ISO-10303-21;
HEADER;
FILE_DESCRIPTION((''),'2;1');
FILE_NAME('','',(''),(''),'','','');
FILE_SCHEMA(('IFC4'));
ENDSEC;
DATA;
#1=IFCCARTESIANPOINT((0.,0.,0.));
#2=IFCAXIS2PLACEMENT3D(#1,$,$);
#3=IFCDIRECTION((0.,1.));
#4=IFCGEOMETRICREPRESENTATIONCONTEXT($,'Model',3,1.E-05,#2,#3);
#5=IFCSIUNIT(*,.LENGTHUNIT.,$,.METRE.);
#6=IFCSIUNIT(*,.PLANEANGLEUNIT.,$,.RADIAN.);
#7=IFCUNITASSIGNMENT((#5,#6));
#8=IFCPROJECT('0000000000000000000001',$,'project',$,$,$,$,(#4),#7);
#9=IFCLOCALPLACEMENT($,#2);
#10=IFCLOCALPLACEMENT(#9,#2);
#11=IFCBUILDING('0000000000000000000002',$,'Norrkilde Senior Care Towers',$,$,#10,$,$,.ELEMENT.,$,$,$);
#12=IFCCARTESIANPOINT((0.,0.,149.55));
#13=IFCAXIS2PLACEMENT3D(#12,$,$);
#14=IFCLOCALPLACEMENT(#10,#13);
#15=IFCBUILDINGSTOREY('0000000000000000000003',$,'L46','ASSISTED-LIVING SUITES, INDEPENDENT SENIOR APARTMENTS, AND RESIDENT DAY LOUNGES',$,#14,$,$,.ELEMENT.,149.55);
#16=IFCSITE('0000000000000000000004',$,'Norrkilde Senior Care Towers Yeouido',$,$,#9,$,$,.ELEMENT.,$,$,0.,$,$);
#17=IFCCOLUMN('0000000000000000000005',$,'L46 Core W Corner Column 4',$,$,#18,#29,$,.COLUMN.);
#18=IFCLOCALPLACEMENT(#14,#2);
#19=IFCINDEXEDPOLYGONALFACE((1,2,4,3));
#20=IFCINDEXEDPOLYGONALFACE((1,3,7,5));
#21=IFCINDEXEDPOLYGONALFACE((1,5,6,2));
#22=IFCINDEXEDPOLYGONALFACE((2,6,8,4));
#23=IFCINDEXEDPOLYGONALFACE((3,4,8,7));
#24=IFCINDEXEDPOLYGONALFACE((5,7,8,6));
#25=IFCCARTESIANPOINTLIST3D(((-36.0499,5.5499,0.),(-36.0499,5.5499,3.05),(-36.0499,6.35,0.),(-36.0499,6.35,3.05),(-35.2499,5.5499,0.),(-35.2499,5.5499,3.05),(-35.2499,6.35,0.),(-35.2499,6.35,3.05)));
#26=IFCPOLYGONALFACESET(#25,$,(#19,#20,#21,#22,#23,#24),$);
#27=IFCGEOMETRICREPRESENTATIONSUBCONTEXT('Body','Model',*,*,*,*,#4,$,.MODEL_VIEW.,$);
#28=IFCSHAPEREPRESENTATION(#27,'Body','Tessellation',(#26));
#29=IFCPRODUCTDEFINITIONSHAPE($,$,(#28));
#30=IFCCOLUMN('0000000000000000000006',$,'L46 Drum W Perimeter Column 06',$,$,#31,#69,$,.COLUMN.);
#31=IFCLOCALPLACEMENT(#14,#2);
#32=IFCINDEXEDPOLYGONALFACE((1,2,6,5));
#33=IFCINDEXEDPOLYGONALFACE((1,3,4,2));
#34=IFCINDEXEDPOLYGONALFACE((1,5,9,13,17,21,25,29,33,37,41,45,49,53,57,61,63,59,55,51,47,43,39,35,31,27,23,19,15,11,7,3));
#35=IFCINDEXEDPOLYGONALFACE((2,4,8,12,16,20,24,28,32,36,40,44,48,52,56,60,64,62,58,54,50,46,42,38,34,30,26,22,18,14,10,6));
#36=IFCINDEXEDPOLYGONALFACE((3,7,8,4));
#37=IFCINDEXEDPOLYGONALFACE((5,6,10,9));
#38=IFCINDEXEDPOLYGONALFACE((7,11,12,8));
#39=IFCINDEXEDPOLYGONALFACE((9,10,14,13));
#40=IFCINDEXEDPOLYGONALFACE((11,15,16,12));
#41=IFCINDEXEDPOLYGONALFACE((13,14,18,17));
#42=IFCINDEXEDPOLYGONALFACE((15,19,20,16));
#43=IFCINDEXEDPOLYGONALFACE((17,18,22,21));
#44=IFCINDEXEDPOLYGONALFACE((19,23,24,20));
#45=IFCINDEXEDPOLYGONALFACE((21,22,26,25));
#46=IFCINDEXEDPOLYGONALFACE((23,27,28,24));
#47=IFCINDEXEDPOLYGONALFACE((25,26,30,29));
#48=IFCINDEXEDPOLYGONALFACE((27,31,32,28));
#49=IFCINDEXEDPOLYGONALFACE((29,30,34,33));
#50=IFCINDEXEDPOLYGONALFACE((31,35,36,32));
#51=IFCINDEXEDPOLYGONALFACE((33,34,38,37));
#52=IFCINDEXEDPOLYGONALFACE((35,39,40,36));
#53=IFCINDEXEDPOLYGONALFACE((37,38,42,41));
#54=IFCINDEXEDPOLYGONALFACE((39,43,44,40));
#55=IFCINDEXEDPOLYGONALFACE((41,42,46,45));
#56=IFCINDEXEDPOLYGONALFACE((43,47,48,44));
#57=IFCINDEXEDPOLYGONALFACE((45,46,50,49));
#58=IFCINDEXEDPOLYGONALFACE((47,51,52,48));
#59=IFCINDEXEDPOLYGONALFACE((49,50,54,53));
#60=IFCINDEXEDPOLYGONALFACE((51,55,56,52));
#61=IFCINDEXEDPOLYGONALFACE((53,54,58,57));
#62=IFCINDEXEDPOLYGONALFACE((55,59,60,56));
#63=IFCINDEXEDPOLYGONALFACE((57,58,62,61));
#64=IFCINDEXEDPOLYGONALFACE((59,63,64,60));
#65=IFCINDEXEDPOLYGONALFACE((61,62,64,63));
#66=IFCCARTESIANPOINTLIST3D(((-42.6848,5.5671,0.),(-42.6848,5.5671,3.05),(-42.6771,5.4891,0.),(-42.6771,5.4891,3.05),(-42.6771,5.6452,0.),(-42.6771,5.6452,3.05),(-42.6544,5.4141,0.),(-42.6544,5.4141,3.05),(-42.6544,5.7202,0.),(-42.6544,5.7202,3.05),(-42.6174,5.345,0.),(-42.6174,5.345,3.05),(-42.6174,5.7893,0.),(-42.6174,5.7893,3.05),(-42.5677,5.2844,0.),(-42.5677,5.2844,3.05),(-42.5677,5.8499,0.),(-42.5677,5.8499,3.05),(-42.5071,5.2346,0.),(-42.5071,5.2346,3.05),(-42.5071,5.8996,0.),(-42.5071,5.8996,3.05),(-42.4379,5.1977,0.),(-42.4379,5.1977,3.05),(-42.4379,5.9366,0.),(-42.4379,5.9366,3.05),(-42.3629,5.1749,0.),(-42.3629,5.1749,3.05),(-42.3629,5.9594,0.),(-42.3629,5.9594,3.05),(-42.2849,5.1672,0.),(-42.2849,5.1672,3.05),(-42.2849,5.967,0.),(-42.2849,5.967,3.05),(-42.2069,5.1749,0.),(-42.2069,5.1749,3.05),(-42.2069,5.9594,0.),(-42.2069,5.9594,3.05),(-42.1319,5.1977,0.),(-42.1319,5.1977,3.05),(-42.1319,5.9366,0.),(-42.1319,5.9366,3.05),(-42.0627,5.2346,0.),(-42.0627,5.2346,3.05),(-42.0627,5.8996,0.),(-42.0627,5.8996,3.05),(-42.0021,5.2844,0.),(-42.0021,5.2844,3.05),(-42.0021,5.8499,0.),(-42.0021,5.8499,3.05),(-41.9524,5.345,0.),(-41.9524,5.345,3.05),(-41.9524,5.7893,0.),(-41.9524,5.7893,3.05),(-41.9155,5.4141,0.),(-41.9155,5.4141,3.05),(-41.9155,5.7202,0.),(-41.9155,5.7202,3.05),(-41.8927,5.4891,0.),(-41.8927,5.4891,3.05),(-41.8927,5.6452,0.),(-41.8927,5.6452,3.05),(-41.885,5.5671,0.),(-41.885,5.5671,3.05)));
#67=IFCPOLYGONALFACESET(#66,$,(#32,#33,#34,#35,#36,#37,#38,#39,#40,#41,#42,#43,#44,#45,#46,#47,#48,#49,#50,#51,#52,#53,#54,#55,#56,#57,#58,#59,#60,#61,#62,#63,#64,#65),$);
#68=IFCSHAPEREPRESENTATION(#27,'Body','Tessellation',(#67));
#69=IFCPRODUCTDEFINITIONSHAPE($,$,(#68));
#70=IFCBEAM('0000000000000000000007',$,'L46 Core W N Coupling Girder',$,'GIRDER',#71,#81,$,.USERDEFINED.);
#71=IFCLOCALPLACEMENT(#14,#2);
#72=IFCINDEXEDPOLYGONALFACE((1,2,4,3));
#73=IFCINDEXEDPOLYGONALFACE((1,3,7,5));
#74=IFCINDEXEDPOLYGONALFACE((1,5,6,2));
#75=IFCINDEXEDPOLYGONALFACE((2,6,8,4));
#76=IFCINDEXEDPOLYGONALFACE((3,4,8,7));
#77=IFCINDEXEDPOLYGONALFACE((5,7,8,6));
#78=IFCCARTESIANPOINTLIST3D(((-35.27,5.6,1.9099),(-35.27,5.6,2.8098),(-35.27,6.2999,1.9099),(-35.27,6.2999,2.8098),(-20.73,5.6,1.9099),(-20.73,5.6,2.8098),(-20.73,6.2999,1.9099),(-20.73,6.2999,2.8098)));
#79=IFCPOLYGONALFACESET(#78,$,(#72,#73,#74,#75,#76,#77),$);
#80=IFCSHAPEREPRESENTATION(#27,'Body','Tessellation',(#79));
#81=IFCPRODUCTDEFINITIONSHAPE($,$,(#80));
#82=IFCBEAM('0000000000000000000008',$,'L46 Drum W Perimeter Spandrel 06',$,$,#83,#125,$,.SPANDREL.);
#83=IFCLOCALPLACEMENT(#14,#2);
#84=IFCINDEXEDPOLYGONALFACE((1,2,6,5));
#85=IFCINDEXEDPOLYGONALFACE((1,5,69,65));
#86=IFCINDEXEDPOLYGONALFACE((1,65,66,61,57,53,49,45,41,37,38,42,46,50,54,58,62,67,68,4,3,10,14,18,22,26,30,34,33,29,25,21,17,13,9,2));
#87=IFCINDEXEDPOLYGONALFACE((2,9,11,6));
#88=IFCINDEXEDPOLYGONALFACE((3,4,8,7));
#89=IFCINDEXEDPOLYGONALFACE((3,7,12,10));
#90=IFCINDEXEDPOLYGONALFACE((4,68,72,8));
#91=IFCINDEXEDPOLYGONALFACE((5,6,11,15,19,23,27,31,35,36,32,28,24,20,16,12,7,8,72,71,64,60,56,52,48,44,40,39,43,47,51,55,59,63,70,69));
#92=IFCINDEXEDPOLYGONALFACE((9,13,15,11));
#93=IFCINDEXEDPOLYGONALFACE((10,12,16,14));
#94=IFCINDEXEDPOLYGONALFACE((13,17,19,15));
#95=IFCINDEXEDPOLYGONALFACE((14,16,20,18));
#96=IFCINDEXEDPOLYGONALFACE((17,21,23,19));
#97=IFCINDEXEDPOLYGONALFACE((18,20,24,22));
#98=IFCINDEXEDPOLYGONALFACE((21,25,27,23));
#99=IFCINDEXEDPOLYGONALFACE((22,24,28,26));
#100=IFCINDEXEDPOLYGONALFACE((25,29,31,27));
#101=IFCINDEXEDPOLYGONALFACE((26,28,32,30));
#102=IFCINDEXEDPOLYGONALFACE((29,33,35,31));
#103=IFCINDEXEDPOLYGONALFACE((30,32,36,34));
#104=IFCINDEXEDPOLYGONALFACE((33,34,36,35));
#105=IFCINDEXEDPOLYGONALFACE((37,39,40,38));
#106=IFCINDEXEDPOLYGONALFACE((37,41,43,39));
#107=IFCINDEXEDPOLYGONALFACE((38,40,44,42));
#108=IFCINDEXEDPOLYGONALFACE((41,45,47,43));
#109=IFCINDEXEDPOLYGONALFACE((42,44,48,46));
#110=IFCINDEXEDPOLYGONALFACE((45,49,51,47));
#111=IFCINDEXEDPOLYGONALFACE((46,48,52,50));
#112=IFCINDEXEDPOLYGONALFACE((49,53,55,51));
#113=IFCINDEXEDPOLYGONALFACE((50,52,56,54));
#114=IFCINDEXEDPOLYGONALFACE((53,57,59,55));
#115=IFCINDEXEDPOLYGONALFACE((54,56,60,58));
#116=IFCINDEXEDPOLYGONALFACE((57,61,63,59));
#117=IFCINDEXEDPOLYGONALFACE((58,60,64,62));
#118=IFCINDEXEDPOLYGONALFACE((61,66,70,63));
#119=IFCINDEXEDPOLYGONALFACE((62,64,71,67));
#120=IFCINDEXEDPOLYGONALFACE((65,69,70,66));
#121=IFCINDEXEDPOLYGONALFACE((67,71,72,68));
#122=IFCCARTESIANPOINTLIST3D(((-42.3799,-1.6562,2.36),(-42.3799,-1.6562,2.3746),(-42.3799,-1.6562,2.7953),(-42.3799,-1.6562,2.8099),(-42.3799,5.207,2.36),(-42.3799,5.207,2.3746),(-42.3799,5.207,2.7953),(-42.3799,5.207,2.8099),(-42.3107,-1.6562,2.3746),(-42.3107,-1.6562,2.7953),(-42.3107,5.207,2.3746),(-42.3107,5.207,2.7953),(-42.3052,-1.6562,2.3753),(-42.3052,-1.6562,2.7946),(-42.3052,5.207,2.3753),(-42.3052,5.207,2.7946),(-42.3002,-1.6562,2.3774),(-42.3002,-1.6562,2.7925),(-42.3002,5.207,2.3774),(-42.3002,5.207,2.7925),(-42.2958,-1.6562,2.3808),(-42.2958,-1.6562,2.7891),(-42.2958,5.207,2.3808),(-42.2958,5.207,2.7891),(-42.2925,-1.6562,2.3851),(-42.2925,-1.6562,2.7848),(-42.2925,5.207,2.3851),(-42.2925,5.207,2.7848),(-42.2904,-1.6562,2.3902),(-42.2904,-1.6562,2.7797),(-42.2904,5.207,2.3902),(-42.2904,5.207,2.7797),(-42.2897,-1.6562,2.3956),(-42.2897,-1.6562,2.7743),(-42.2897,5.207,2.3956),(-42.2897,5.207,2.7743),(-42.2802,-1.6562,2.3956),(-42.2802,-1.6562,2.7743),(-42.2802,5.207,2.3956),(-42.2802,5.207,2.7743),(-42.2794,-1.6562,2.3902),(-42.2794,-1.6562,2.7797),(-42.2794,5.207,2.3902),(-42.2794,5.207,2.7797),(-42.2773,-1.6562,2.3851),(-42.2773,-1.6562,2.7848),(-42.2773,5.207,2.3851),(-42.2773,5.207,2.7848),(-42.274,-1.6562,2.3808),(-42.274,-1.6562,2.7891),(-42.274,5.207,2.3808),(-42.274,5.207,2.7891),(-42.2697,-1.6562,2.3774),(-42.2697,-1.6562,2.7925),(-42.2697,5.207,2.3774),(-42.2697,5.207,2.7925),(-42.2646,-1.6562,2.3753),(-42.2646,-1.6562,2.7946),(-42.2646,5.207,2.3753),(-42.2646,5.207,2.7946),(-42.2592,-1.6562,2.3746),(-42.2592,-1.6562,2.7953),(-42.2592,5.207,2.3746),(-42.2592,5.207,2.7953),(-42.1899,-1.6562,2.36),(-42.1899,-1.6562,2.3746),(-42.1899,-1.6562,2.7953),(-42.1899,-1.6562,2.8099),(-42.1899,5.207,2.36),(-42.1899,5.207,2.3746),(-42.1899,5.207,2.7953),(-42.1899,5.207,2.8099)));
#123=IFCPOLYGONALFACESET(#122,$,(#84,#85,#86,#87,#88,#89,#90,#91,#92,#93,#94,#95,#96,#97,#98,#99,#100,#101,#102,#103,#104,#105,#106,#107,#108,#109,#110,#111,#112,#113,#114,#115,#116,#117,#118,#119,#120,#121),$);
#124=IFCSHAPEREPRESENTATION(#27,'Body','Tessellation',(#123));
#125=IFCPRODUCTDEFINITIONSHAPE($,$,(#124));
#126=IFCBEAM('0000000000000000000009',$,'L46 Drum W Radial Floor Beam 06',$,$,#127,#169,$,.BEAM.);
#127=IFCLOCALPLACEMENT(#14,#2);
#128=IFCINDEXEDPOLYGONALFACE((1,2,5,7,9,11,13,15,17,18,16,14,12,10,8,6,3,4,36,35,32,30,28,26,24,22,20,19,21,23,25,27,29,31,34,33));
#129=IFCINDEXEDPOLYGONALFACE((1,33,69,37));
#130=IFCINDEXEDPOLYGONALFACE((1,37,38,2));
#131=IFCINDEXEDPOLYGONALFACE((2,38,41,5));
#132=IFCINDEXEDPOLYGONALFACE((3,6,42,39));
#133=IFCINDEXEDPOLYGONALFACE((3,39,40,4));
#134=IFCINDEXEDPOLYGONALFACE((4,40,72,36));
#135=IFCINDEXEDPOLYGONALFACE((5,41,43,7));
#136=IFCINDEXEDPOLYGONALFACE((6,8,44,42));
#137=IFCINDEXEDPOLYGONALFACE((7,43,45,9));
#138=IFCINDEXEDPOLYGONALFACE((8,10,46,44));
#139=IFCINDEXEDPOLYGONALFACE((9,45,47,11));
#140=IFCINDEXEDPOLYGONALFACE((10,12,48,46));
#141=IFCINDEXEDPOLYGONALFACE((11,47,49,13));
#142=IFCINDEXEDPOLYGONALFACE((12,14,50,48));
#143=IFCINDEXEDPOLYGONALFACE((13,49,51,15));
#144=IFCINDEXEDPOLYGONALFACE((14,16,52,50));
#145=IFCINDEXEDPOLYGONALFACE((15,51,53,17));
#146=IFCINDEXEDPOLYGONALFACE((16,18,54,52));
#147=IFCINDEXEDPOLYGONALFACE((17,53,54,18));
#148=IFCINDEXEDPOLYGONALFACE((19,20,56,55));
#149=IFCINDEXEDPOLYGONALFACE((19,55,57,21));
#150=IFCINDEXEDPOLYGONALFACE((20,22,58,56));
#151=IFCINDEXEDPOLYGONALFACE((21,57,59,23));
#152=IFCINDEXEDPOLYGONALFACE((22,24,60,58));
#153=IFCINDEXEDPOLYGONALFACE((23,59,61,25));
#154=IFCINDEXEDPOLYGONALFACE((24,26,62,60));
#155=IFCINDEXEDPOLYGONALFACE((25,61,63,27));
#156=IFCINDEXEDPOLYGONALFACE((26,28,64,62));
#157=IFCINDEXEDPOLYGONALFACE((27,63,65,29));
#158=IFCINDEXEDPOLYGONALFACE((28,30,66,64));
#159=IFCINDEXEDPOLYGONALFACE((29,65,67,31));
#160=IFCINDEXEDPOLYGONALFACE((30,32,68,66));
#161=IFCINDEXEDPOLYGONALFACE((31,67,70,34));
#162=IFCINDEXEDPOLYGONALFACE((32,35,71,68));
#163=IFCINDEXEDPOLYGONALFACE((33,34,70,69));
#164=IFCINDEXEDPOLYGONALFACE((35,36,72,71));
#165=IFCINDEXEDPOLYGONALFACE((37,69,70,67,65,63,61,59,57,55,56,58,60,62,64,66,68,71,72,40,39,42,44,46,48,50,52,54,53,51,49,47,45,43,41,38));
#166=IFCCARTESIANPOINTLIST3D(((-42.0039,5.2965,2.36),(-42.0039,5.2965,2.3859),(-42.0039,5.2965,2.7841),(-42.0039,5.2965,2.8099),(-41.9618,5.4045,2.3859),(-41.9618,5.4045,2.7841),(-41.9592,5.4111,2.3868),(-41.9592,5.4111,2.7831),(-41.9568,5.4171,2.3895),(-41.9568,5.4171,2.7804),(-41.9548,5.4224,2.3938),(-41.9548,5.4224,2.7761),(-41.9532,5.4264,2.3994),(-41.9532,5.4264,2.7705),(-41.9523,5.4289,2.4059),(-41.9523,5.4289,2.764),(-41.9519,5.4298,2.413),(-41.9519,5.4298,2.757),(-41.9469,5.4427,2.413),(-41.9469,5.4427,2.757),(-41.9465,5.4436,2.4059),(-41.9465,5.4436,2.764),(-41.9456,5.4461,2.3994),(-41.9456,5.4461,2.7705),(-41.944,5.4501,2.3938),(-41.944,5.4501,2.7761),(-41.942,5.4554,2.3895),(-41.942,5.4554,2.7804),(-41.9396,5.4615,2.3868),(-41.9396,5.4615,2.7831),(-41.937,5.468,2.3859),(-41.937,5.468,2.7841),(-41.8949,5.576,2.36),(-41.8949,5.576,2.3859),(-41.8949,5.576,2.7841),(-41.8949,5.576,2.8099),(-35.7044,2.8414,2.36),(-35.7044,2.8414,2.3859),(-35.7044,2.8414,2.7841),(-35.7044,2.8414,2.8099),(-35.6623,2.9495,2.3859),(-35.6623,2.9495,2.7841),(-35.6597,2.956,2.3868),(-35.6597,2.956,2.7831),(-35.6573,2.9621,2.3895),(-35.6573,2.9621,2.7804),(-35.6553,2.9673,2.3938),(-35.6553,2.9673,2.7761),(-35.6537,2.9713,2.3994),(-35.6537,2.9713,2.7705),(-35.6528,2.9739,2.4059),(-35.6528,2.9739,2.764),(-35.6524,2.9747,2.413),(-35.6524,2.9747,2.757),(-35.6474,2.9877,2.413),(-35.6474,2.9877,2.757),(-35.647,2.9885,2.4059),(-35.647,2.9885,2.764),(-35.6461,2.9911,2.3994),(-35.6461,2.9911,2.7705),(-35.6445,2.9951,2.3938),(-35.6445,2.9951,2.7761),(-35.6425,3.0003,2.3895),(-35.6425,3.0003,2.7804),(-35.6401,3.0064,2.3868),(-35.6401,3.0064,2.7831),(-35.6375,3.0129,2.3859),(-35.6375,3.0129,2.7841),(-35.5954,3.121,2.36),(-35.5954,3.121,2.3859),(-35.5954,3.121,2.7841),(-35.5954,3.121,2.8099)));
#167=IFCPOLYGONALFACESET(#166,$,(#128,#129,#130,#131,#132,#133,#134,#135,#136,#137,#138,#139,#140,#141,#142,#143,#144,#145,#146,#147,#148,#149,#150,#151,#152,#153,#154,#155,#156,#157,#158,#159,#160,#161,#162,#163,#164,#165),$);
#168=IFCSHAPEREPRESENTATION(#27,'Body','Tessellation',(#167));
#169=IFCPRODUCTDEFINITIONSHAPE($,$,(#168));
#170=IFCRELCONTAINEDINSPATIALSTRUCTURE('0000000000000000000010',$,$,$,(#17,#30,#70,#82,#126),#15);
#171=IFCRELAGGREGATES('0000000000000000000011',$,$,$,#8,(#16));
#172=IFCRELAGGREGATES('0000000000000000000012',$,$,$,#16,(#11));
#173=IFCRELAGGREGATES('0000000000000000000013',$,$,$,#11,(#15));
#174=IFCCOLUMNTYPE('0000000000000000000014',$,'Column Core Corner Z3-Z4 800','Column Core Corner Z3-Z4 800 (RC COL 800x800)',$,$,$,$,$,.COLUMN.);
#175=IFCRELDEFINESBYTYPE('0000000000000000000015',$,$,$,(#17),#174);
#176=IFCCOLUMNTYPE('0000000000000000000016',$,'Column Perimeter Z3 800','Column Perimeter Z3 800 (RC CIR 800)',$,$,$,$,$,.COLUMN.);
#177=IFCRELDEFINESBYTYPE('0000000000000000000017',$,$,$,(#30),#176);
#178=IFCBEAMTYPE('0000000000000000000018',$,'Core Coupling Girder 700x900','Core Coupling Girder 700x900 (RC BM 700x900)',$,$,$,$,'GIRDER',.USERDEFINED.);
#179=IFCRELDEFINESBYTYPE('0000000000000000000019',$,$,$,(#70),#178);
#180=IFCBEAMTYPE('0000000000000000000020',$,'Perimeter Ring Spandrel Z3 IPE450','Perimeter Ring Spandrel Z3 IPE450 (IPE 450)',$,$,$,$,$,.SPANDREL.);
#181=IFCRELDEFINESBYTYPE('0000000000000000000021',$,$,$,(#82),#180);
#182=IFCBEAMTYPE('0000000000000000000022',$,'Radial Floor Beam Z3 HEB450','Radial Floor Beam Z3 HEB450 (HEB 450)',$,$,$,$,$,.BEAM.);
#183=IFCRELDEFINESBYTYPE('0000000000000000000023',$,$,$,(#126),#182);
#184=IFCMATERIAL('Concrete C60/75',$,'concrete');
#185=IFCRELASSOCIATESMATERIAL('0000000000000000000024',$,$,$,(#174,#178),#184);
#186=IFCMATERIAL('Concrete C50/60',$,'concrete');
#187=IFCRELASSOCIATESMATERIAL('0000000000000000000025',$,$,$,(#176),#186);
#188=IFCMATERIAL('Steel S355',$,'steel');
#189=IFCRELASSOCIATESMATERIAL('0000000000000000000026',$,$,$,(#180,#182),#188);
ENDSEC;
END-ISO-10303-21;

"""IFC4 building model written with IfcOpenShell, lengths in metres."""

from ifc_helpers import new_model, si_unit, direction, frame, origin, origin_2d, place, context, subcontext, project, spatial, rectangle, circle, i_section, extrude, source, transform, mapped, material, material_profile, profile_set, type_object, type_shapes, element, save


model = new_model("IFC4")

# Units and contexts
model_context = context("Model", 3, precision=1e-05, world=origin(), true_north=direction((0.0, 1.0)))
body_context = subcontext(model_context, "Body", "Model", "MODEL_VIEW")
ifc_project = project(units=[si_unit("LENGTHUNIT", "METRE"), si_unit("PLANEANGLEUNIT", "RADIAN")], contexts=[model_context])

# Site, building, storey
site_placement = place(None, origin())
site = spatial("IfcSite", under=ifc_project, at=site_placement, Name="Norrkilde Senior Care Towers Yeouido", CompositionType="ELEMENT", RefElevation=0.0)
building_placement = place(site_placement, origin())
building = spatial("IfcBuilding", under=site, at=building_placement, Name="Norrkilde Senior Care Towers", CompositionType="ELEMENT")
storey_placement = place(building_placement, frame((0.0, 0.0, 149.55)))
storey = spatial("IfcBuildingStorey", under=building, at=storey_placement, Name="L46", Description="ASSISTED-LIVING SUITES, INDEPENDENT SENIOR APARTMENTS, AND RESIDENT DAY LOUNGES", CompositionType="ELEMENT", Elevation=149.55)

# Columns
ifc_material_1 = material(Name="Concrete C60/75", Category="concrete")
ifc_material_profile_1 = material_profile(ifc_material_1, rectangle(XDim=0.8, YDim=0.8, at=origin_2d()), Name="RC COL 800x800")
ifc_profile_set_1 = profile_set([ifc_material_profile_1], Name="Concrete C60/75")
column_type_1 = type_object("IfcColumnType", Name="Column Core Corner Z3-Z4 800", Description="Column Core Corner Z3-Z4 800 (RC COL 800x800)", PredefinedType="COLUMN", material=ifc_profile_set_1)
shared_shape_1 = source(origin(), body_context, "Body", "SweptSolid", [
    extrude(rectangle(XDim=0.8, YDim=0.8, at=origin_2d()), origin(), (0.0, 0.0, 1.0), 3.05),
])
type_shapes(column_type_1, [shared_shape_1])
column_1_placement = place(storey_placement, frame((-35.6499, 5.95, 0.0), z_axis=(0.0, 0.0, 1.0), x_axis=(1.0, 0.0, 0.0)))
element("IfcColumn", 1, at=column_1_placement, inside=storey, type_object=column_type_1, Name="L46 Core W Corner Column 4", PredefinedType="COLUMN", context=body_context, shape_type="MappedRepresentation", body=[
    mapped(shared_shape_1, transform((0.0, 0.0, 0.0), x_axis=(1.0, 0.0, 0.0), y_axis=(0.0, 1.0, 0.0), z_axis=(0.0, 0.0, 1.0), scale=1.0)),
])
ifc_material_2 = material(Name="Concrete C50/60", Category="concrete")
ifc_material_profile_2 = material_profile(ifc_material_2, circle(Radius=0.3999, at=origin_2d()), Name="RC CIR 800")
ifc_profile_set_2 = profile_set([ifc_material_profile_2], Name="Concrete C50/60")
column_type_2 = type_object("IfcColumnType", Name="Column Perimeter Z3 800", Description="Column Perimeter Z3 800 (RC CIR 800)", PredefinedType="COLUMN", material=ifc_profile_set_2)
shared_shape_2 = source(origin(), body_context, "Body", "SweptSolid", [
    extrude(circle(Radius=0.3999, at=origin_2d()), origin(), (0.0, 0.0, 1.0), 3.05),
])
type_shapes(column_type_2, [shared_shape_2])
column_2_placement = place(storey_placement, frame((-42.2849, 5.5671, 0.0), z_axis=(0.0, 0.0, 1.0), x_axis=(1.0, 0.0, 0.0)))
element("IfcColumn", 2, at=column_2_placement, inside=storey, type_object=column_type_2, Name="L46 Drum W Perimeter Column 06", PredefinedType="COLUMN", context=body_context, shape_type="MappedRepresentation", body=[
    mapped(shared_shape_2, transform((0.0, 0.0, 0.0), x_axis=(1.0, 0.0, 0.0), y_axis=(0.0, 1.0, 0.0), z_axis=(0.0, 0.0, 1.0), scale=1.0)),
])

# Beams
ifc_material_profile_3 = material_profile(ifc_material_1, rectangle(XDim=0.7, YDim=0.8999, at=origin_2d()), Name="RC BM 700x900")
ifc_profile_set_3 = profile_set([ifc_material_profile_3], Name="Concrete C60/75")
beam_type_1 = type_object("IfcBeamType", Name="Core Coupling Girder 700x900", Description="Core Coupling Girder 700x900 (RC BM 700x900)", ElementType="GIRDER", PredefinedType="USERDEFINED", material=ifc_profile_set_3)
shared_shape_3 = source(origin(), body_context, "Body", "SweptSolid", [
    extrude(rectangle(XDim=0.7, YDim=0.8999, at=origin_2d()), origin(), (0.0, 0.0, 1.0), 14.54),
])
type_shapes(beam_type_1, [shared_shape_3])
beam_1_placement = place(storey_placement, frame((-35.27, 5.95, 2.3599), z_axis=(1.0, 0.0, 0.0), x_axis=(0.0, 1.0, 0.0)))
element("IfcBeam", 3, at=beam_1_placement, inside=storey, type_object=beam_type_1, Name="L46 Core W N Coupling Girder", ObjectType="GIRDER", PredefinedType="USERDEFINED", context=body_context, shape_type="MappedRepresentation", body=[
    mapped(shared_shape_3, transform((0.0, 0.0, 0.0), x_axis=(1.0, 0.0, 0.0), y_axis=(0.0, 1.0, 0.0), z_axis=(0.0, 0.0, 1.0), scale=1.0)),
])
ifc_material_3 = material(Name="Steel S355", Category="steel")
ifc_material_profile_4 = material_profile(ifc_material_3, i_section(OverallWidth=0.1899, OverallDepth=0.45, WebThickness=0.0095, FlangeThickness=0.0146, FilletRadius=0.021, at=origin_2d()), Name="IPE 450")
ifc_profile_set_4 = profile_set([ifc_material_profile_4], Name="Steel S355")
beam_type_2 = type_object("IfcBeamType", Name="Perimeter Ring Spandrel Z3 IPE450", Description="Perimeter Ring Spandrel Z3 IPE450 (IPE 450)", PredefinedType="SPANDREL", material=ifc_profile_set_4)
shared_shape_4 = source(origin(), body_context, "Body", "SweptSolid", [
    extrude(i_section(OverallWidth=0.1899, OverallDepth=0.45, WebThickness=0.0095, FlangeThickness=0.0146, FilletRadius=0.021, at=origin_2d()), origin(), (0.0, 0.0, 1.0), 6.8633),
])
type_shapes(beam_type_2, [shared_shape_4])
beam_2_placement = place(storey_placement, frame((-42.2849, 5.207, 2.585), z_axis=(0.0, -1.0, 0.0), x_axis=(1.0, 0.0, 0.0)))
element("IfcBeam", 4, at=beam_2_placement, inside=storey, type_object=beam_type_2, Name="L46 Drum W Perimeter Spandrel 06", PredefinedType="SPANDREL", context=body_context, shape_type="MappedRepresentation", body=[
    mapped(shared_shape_4, transform((0.0, 0.0, 0.0), x_axis=(1.0, 0.0, 0.0), y_axis=(0.0, 1.0, 0.0), z_axis=(0.0, 0.0, 1.0), scale=1.0)),
])
ifc_material_profile_5 = material_profile(ifc_material_3, i_section(OverallWidth=0.3, OverallDepth=0.45, WebThickness=0.0139, FlangeThickness=0.0259, FilletRadius=0.0271, at=origin_2d()), Name="HEB 450")
ifc_profile_set_5 = profile_set([ifc_material_profile_5], Name="Steel S355")
beam_type_3 = type_object("IfcBeamType", Name="Radial Floor Beam Z3 HEB450", Description="Radial Floor Beam Z3 HEB450 (HEB 450)", PredefinedType="BEAM", material=ifc_profile_set_5)
shared_shape_5 = source(origin(), body_context, "Body", "SweptSolid", [
    extrude(i_section(OverallWidth=0.3, OverallDepth=0.45, WebThickness=0.0139, FlangeThickness=0.0259, FilletRadius=0.0271, at=origin_2d()), origin(), (0.0, 0.0, 1.0), 6.761),
])
type_shapes(beam_type_3, [shared_shape_5])
beam_3_placement = place(storey_placement, frame((-35.6499, 2.9812, 2.585), z_axis=(-0.931742, 0.363121, 0.0), x_axis=(-0.363121, -0.931742, 0.0)))
element("IfcBeam", 5, at=beam_3_placement, inside=storey, type_object=beam_type_3, Name="L46 Drum W Radial Floor Beam 06", PredefinedType="BEAM", context=body_context, shape_type="MappedRepresentation", body=[
    mapped(shared_shape_5, transform((0.0, 0.0, 0.0), x_axis=(1.0, 0.0, 0.0), y_axis=(0.0, 1.0, 0.0), z_axis=(0.0, 0.0, 1.0), scale=1.0)),
])

save(model, "model.ifc")
